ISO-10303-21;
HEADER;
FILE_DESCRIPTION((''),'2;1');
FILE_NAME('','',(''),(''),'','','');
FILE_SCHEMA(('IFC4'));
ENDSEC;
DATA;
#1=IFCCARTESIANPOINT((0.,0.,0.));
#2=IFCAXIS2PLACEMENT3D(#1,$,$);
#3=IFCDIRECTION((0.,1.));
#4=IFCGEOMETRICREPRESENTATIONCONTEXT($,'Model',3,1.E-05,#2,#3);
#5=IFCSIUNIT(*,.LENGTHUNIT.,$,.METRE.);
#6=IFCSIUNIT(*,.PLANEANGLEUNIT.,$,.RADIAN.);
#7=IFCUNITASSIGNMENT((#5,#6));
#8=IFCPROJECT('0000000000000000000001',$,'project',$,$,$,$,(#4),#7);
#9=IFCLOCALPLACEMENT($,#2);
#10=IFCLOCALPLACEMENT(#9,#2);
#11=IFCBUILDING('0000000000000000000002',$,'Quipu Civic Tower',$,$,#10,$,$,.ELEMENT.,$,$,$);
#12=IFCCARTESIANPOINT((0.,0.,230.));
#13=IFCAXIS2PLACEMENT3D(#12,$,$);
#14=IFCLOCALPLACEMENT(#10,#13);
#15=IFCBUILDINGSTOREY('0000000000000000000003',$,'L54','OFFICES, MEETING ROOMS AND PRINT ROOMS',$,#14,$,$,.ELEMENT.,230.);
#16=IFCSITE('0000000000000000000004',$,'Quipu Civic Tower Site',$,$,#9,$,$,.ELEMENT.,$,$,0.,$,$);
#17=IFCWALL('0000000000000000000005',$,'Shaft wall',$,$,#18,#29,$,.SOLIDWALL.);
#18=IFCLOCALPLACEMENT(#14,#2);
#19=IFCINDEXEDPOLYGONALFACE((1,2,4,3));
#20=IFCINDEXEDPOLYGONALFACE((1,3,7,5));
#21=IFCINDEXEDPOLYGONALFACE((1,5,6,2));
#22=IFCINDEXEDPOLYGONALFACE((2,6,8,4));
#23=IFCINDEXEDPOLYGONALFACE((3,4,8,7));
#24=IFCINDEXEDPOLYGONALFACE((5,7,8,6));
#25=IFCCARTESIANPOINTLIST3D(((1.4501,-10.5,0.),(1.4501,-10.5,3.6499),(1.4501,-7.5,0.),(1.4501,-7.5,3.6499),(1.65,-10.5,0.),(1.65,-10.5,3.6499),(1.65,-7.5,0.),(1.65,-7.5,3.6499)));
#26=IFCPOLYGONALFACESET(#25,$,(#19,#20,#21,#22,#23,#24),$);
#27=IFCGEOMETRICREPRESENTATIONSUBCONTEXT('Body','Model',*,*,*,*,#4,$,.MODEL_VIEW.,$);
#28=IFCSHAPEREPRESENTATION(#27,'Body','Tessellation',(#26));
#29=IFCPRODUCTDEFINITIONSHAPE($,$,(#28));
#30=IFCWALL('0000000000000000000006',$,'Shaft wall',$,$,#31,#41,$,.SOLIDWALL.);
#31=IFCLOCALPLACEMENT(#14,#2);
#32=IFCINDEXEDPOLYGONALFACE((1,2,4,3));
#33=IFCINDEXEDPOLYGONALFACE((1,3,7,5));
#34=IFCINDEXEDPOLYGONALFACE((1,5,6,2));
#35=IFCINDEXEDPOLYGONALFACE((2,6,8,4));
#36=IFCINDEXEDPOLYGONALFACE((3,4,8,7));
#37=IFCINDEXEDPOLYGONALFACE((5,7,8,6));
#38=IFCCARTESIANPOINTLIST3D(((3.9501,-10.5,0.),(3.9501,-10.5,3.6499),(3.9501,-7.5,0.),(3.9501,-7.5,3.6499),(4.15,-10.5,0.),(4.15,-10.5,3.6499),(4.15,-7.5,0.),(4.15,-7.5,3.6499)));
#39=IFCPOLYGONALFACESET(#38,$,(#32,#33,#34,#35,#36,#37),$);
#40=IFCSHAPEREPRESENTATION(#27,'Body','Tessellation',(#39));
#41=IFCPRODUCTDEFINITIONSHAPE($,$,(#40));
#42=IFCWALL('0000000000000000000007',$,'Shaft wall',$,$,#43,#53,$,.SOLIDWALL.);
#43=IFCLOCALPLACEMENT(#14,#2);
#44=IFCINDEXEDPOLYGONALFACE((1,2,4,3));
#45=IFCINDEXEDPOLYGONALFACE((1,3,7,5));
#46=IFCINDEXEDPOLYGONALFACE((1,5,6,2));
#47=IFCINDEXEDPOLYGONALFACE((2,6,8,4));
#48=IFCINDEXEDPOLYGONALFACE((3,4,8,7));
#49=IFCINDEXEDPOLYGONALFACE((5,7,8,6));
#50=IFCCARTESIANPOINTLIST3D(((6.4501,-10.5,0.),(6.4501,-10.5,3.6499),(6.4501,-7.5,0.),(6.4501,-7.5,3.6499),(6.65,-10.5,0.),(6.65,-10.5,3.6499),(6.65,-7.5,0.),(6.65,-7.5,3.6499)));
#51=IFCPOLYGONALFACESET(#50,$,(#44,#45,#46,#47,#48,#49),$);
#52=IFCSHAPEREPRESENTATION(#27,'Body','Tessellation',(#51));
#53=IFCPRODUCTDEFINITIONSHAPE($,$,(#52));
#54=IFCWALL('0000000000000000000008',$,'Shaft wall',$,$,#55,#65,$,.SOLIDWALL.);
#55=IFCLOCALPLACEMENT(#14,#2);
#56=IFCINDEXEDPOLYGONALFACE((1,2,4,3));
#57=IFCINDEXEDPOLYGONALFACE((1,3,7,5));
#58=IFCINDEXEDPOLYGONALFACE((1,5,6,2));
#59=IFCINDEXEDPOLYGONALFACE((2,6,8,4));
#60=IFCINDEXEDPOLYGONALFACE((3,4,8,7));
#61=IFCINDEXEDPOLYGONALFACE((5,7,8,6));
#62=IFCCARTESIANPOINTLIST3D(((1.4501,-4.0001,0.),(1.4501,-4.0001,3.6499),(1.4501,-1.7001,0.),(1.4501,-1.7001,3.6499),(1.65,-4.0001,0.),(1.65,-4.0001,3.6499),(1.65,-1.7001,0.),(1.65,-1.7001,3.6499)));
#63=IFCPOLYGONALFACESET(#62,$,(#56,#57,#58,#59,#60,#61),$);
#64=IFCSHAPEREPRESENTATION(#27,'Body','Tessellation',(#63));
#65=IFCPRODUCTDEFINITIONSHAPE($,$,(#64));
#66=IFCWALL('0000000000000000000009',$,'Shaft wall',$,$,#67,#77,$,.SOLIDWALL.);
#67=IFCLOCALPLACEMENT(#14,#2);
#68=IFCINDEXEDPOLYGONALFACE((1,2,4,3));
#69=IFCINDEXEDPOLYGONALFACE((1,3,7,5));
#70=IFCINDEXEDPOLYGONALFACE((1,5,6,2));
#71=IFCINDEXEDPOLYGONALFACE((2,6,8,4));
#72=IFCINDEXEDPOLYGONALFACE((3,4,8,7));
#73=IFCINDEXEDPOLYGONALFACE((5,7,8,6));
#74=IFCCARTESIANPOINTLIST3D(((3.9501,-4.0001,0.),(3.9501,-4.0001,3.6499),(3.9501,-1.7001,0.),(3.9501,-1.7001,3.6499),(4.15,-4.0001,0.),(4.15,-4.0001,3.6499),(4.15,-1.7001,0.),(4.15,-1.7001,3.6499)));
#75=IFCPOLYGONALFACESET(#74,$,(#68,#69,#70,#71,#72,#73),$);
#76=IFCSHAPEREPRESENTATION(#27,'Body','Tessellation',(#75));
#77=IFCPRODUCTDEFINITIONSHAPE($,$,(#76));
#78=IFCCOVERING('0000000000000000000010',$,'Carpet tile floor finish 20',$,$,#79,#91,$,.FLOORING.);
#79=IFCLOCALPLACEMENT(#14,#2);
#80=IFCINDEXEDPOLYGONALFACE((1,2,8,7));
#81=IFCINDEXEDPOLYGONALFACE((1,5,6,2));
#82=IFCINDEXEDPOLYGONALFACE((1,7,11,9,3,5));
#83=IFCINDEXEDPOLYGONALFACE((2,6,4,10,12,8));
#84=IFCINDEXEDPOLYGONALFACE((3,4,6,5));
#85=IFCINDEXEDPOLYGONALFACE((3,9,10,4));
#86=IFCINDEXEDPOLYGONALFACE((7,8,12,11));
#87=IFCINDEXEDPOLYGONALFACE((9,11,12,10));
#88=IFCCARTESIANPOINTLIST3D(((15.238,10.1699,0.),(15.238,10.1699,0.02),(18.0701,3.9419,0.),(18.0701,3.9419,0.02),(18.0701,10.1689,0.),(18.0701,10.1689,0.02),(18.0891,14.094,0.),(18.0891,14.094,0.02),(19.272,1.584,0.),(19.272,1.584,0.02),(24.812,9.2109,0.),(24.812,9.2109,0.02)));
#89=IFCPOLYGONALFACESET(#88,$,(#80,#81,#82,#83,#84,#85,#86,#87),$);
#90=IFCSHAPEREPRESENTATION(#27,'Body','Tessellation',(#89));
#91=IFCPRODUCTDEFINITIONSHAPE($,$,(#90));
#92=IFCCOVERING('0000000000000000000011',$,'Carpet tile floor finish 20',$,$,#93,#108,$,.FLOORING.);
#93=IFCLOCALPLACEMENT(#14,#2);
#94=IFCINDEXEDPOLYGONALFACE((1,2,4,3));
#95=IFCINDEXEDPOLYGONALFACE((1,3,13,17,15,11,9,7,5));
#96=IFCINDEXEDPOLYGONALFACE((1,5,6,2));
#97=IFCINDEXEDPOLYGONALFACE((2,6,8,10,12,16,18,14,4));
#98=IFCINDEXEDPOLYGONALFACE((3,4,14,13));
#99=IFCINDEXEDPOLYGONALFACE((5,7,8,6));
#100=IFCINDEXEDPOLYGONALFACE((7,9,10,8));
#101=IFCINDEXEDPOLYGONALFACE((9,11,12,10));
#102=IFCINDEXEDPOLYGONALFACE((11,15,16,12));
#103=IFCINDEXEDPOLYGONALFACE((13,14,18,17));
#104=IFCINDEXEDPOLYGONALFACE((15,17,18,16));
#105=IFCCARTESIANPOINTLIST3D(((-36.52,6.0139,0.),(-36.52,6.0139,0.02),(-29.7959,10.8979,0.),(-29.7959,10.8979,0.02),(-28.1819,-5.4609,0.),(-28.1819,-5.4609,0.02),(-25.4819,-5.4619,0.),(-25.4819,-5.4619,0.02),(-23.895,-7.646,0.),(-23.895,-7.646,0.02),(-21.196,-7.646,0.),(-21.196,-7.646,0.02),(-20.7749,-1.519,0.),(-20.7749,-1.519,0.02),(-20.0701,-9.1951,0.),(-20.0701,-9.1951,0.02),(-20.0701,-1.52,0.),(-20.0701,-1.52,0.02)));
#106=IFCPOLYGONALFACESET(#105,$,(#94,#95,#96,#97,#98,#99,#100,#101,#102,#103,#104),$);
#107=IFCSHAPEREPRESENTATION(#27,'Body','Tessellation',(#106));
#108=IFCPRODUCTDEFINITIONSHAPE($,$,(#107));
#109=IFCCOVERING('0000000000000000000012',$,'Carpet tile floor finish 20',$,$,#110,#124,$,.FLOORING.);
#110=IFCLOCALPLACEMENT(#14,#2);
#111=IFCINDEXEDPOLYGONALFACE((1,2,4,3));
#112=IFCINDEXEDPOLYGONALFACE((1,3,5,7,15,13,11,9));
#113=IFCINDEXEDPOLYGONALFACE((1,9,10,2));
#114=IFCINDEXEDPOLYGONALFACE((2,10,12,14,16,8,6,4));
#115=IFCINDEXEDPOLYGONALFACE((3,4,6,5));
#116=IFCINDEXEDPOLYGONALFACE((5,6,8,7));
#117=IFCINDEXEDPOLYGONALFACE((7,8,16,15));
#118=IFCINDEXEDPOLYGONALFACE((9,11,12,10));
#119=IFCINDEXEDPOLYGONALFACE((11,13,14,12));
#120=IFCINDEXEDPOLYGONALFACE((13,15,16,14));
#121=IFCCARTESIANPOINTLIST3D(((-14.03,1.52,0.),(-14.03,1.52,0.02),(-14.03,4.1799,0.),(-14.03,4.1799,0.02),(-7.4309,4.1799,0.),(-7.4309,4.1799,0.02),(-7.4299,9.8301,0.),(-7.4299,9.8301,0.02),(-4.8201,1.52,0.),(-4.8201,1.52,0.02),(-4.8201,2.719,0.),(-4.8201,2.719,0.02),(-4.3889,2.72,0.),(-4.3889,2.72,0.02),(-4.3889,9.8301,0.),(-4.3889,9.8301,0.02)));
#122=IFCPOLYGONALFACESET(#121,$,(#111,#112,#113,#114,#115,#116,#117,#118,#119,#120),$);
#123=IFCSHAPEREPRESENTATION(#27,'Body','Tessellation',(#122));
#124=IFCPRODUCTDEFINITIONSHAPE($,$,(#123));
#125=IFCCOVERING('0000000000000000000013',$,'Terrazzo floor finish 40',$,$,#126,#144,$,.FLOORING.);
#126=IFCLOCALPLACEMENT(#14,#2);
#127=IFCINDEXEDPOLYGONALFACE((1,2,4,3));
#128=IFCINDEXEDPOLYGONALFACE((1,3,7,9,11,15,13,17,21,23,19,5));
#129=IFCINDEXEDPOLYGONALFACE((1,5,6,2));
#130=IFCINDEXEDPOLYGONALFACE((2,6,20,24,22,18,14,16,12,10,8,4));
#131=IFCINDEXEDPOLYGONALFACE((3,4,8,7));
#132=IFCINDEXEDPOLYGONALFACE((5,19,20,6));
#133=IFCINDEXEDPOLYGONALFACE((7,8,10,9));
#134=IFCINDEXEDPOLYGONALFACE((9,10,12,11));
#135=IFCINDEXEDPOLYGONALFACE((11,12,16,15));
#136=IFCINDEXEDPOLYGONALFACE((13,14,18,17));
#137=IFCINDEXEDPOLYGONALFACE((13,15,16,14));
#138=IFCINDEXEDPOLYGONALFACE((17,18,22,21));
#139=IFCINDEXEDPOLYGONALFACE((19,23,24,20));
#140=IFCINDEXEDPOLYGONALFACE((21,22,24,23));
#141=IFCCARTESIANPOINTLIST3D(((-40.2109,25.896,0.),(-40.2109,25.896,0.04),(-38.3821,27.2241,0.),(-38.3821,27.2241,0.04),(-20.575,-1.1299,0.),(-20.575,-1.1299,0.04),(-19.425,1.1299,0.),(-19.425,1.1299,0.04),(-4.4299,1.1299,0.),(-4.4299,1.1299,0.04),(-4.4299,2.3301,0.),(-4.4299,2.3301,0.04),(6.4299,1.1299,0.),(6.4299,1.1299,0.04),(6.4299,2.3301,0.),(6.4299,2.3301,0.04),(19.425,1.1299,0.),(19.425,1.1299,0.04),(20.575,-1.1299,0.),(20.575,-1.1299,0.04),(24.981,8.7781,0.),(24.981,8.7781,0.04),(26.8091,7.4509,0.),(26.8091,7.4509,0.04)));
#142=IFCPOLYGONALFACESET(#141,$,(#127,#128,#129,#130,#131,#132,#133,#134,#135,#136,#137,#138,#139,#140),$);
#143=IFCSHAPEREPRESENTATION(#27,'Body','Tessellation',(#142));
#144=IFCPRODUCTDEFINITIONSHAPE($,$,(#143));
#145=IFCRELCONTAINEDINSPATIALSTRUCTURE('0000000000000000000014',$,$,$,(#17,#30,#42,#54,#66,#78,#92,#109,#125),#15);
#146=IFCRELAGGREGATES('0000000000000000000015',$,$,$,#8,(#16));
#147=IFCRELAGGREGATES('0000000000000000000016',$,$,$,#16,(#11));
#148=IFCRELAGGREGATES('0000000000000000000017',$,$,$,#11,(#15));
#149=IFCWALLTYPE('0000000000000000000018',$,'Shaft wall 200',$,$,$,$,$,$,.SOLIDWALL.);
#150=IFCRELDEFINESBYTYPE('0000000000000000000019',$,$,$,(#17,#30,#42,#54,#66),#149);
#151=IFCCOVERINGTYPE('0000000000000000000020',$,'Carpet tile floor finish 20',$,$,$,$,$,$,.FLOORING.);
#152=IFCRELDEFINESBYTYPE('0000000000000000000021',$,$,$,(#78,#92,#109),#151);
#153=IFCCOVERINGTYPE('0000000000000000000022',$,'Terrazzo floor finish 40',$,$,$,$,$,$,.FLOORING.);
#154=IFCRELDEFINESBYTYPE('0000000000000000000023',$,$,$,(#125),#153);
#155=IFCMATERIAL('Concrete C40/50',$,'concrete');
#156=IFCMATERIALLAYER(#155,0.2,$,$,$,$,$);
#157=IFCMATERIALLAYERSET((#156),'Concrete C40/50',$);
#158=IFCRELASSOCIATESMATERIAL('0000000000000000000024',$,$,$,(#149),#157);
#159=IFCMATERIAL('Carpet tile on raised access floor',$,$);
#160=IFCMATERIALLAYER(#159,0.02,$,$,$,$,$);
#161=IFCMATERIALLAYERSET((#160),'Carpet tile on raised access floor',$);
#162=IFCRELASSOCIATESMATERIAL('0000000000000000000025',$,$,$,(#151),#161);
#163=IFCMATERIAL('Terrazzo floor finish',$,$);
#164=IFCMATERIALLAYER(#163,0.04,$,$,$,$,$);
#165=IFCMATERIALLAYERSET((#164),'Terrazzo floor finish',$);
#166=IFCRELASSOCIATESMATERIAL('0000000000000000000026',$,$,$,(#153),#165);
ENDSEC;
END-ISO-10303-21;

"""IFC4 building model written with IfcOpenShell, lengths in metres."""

from ifc_helpers import new_model, si_unit, direction, frame, frame_2d, origin, place, context, subcontext, project, spatial, polyline, rectangle, outline, extrude, material, layer, layer_set, type_object, element, save


model = new_model("IFC4")

# Units and contexts
model_context = context("Model", 3, precision=1e-05, world=origin(), true_north=direction((0.0, 1.0)))
body_context = subcontext(model_context, "Body", "Model", "MODEL_VIEW")
ifc_project = project(units=[si_unit("LENGTHUNIT", "METRE"), si_unit("PLANEANGLEUNIT", "RADIAN")], contexts=[model_context])

# Site, building, storey
site_placement = place(None, origin())
site = spatial("IfcSite", under=ifc_project, at=site_placement, Name="Quipu Civic Tower Site", CompositionType="ELEMENT", RefElevation=0.0)
building_placement = place(site_placement, origin())
building = spatial("IfcBuilding", under=site, at=building_placement, Name="Quipu Civic Tower", CompositionType="ELEMENT")
storey_placement = place(building_placement, frame((0.0, 0.0, 230.0)))
storey = spatial("IfcBuildingStorey", under=building, at=storey_placement, Name="L54", Description="OFFICES, MEETING ROOMS AND PRINT ROOMS", CompositionType="ELEMENT", Elevation=230.0)

# Walls
ifc_material_1 = material(Name="Concrete C40/50", Category="concrete")
ifc_layer_1 = layer(ifc_material_1, 0.2)
ifc_layer_set_1 = layer_set([ifc_layer_1], Name="Concrete C40/50")
wall_type_1 = type_object("IfcWallType", Name="Shaft wall 200", PredefinedType="SOLIDWALL", material=ifc_layer_set_1)
for number, where, z_axis, x_axis, name in (
    (1, (1.55, -10.5, 0.0), (0.0, 0.0, 1.0), (0.0, 1.0, 0.0), "Shaft wall"),
    (2, (4.05, -10.5, 0.0), (0.0, 0.0, 1.0), (0.0, 1.0, 0.0), "Shaft wall"),
    (3, (6.55, -10.5, 0.0), (0.0, 0.0, 1.0), (0.0, 1.0, 0.0), "Shaft wall"),
):
    element("IfcWall", number, at=place(storey_placement, frame(where, z_axis=z_axis, x_axis=x_axis)), inside=storey, type_object=wall_type_1, Name=name, PredefinedType="SOLIDWALL", context=body_context, shape_type="SweptSolid", body=[
        extrude(rectangle(XDim=3.0, YDim=0.2, at=frame_2d((1.5, 0.0))), origin(), (0.0, 0.0, 1.0), 3.6499),
    ])
for number, where, z_axis, x_axis, name in (
    (4, (1.55, -4.0, 0.0), (0.0, 0.0, 1.0), (0.0, 1.0, 0.0), "Shaft wall"),
    (5, (4.05, -4.0, 0.0), (0.0, 0.0, 1.0), (0.0, 1.0, 0.0), "Shaft wall"),
):
    element("IfcWall", number, at=place(storey_placement, frame(where, z_axis=z_axis, x_axis=x_axis)), inside=storey, type_object=wall_type_1, Name=name, PredefinedType="SOLIDWALL", context=body_context, shape_type="SweptSolid", body=[
        extrude(rectangle(XDim=2.3, YDim=0.2, at=frame_2d((1.1499, 0.0))), origin(), (0.0, 0.0, 1.0), 3.6499),
    ])

# Coverings
ifc_material_2 = material(Name="Carpet tile on raised access floor")
ifc_layer_2 = layer(ifc_material_2, 0.02)
ifc_layer_set_2 = layer_set([ifc_layer_2], Name="Carpet tile on raised access floor")
covering_type_1 = type_object("IfcCoveringType", Name="Carpet tile floor finish 20", PredefinedType="FLOORING", material=ifc_layer_set_2)
covering_1_placement = place(storey_placement, origin())
element("IfcCovering", 6, at=covering_1_placement, inside=storey, type_object=covering_type_1, Name="Carpet tile floor finish 20", PredefinedType="FLOORING", context=body_context, shape_type="SweptSolid", body=[
    extrude(outline(polyline([(15.238, 10.1699), (18.0891, 14.094), (24.812, 9.2109), (19.272, 1.584), (18.0701, 3.9419), (18.0701, 10.1689), (15.238, 10.1699)])), origin(), (0.0, 0.0, 1.0), 0.02),
])
covering_2_placement = place(storey_placement, origin())
element("IfcCovering", 7, at=covering_2_placement, inside=storey, type_object=covering_type_1, Name="Carpet tile floor finish 20", PredefinedType="FLOORING", context=body_context, shape_type="SweptSolid", body=[
    extrude(outline(polyline([(-36.52, 6.0139), (-29.7959, 10.8979), (-20.7749, -1.519), (-20.0701, -1.52), (-20.0701, -9.1951), (-21.196, -7.646), (-23.895, -7.646), (-25.4819, -5.4619), (-28.1819, -5.4609), (-36.52, 6.0139)])), origin(), (0.0, 0.0, 1.0), 0.02),
])
covering_3_placement = place(storey_placement, origin())
element("IfcCovering", 8, at=covering_3_placement, inside=storey, type_object=covering_type_1, Name="Carpet tile floor finish 20", PredefinedType="FLOORING", context=body_context, shape_type="SweptSolid", body=[
    extrude(outline(polyline([(-14.03, 1.52), (-14.03, 4.1799), (-7.4309, 4.1799), (-7.4299, 9.8301), (-4.3889, 9.8301), (-4.3889, 2.72), (-4.8201, 2.719), (-4.8201, 1.52), (-14.03, 1.52)])), origin(), (0.0, 0.0, 1.0), 0.02),
])
ifc_material_3 = material(Name="Terrazzo floor finish")
ifc_layer_3 = layer(ifc_material_3, 0.04)
ifc_layer_set_3 = layer_set([ifc_layer_3], Name="Terrazzo floor finish")
covering_type_2 = type_object("IfcCoveringType", Name="Terrazzo floor finish 40", PredefinedType="FLOORING", material=ifc_layer_set_3)
covering_4_placement = place(storey_placement, origin())
element("IfcCovering", 9, at=covering_4_placement, inside=storey, type_object=covering_type_2, Name="Terrazzo floor finish 40", PredefinedType="FLOORING", context=body_context, shape_type="SweptSolid", body=[
    extrude(outline(polyline([(6.4299, 1.1299), (19.425, 1.1299), (24.981, 8.7781), (26.8091, 7.4509), (20.575, -1.1299), (-20.575, -1.1299), (-40.2109, 25.896), (-38.3821, 27.2241), (-19.425, 1.1299), (-4.4299, 1.1299), (-4.4299, 2.3301), (6.4299, 2.3301), (6.4299, 1.1299)])), origin(), (0.0, 0.0, 1.0), 0.04),
])

save(model, "model.ifc")
